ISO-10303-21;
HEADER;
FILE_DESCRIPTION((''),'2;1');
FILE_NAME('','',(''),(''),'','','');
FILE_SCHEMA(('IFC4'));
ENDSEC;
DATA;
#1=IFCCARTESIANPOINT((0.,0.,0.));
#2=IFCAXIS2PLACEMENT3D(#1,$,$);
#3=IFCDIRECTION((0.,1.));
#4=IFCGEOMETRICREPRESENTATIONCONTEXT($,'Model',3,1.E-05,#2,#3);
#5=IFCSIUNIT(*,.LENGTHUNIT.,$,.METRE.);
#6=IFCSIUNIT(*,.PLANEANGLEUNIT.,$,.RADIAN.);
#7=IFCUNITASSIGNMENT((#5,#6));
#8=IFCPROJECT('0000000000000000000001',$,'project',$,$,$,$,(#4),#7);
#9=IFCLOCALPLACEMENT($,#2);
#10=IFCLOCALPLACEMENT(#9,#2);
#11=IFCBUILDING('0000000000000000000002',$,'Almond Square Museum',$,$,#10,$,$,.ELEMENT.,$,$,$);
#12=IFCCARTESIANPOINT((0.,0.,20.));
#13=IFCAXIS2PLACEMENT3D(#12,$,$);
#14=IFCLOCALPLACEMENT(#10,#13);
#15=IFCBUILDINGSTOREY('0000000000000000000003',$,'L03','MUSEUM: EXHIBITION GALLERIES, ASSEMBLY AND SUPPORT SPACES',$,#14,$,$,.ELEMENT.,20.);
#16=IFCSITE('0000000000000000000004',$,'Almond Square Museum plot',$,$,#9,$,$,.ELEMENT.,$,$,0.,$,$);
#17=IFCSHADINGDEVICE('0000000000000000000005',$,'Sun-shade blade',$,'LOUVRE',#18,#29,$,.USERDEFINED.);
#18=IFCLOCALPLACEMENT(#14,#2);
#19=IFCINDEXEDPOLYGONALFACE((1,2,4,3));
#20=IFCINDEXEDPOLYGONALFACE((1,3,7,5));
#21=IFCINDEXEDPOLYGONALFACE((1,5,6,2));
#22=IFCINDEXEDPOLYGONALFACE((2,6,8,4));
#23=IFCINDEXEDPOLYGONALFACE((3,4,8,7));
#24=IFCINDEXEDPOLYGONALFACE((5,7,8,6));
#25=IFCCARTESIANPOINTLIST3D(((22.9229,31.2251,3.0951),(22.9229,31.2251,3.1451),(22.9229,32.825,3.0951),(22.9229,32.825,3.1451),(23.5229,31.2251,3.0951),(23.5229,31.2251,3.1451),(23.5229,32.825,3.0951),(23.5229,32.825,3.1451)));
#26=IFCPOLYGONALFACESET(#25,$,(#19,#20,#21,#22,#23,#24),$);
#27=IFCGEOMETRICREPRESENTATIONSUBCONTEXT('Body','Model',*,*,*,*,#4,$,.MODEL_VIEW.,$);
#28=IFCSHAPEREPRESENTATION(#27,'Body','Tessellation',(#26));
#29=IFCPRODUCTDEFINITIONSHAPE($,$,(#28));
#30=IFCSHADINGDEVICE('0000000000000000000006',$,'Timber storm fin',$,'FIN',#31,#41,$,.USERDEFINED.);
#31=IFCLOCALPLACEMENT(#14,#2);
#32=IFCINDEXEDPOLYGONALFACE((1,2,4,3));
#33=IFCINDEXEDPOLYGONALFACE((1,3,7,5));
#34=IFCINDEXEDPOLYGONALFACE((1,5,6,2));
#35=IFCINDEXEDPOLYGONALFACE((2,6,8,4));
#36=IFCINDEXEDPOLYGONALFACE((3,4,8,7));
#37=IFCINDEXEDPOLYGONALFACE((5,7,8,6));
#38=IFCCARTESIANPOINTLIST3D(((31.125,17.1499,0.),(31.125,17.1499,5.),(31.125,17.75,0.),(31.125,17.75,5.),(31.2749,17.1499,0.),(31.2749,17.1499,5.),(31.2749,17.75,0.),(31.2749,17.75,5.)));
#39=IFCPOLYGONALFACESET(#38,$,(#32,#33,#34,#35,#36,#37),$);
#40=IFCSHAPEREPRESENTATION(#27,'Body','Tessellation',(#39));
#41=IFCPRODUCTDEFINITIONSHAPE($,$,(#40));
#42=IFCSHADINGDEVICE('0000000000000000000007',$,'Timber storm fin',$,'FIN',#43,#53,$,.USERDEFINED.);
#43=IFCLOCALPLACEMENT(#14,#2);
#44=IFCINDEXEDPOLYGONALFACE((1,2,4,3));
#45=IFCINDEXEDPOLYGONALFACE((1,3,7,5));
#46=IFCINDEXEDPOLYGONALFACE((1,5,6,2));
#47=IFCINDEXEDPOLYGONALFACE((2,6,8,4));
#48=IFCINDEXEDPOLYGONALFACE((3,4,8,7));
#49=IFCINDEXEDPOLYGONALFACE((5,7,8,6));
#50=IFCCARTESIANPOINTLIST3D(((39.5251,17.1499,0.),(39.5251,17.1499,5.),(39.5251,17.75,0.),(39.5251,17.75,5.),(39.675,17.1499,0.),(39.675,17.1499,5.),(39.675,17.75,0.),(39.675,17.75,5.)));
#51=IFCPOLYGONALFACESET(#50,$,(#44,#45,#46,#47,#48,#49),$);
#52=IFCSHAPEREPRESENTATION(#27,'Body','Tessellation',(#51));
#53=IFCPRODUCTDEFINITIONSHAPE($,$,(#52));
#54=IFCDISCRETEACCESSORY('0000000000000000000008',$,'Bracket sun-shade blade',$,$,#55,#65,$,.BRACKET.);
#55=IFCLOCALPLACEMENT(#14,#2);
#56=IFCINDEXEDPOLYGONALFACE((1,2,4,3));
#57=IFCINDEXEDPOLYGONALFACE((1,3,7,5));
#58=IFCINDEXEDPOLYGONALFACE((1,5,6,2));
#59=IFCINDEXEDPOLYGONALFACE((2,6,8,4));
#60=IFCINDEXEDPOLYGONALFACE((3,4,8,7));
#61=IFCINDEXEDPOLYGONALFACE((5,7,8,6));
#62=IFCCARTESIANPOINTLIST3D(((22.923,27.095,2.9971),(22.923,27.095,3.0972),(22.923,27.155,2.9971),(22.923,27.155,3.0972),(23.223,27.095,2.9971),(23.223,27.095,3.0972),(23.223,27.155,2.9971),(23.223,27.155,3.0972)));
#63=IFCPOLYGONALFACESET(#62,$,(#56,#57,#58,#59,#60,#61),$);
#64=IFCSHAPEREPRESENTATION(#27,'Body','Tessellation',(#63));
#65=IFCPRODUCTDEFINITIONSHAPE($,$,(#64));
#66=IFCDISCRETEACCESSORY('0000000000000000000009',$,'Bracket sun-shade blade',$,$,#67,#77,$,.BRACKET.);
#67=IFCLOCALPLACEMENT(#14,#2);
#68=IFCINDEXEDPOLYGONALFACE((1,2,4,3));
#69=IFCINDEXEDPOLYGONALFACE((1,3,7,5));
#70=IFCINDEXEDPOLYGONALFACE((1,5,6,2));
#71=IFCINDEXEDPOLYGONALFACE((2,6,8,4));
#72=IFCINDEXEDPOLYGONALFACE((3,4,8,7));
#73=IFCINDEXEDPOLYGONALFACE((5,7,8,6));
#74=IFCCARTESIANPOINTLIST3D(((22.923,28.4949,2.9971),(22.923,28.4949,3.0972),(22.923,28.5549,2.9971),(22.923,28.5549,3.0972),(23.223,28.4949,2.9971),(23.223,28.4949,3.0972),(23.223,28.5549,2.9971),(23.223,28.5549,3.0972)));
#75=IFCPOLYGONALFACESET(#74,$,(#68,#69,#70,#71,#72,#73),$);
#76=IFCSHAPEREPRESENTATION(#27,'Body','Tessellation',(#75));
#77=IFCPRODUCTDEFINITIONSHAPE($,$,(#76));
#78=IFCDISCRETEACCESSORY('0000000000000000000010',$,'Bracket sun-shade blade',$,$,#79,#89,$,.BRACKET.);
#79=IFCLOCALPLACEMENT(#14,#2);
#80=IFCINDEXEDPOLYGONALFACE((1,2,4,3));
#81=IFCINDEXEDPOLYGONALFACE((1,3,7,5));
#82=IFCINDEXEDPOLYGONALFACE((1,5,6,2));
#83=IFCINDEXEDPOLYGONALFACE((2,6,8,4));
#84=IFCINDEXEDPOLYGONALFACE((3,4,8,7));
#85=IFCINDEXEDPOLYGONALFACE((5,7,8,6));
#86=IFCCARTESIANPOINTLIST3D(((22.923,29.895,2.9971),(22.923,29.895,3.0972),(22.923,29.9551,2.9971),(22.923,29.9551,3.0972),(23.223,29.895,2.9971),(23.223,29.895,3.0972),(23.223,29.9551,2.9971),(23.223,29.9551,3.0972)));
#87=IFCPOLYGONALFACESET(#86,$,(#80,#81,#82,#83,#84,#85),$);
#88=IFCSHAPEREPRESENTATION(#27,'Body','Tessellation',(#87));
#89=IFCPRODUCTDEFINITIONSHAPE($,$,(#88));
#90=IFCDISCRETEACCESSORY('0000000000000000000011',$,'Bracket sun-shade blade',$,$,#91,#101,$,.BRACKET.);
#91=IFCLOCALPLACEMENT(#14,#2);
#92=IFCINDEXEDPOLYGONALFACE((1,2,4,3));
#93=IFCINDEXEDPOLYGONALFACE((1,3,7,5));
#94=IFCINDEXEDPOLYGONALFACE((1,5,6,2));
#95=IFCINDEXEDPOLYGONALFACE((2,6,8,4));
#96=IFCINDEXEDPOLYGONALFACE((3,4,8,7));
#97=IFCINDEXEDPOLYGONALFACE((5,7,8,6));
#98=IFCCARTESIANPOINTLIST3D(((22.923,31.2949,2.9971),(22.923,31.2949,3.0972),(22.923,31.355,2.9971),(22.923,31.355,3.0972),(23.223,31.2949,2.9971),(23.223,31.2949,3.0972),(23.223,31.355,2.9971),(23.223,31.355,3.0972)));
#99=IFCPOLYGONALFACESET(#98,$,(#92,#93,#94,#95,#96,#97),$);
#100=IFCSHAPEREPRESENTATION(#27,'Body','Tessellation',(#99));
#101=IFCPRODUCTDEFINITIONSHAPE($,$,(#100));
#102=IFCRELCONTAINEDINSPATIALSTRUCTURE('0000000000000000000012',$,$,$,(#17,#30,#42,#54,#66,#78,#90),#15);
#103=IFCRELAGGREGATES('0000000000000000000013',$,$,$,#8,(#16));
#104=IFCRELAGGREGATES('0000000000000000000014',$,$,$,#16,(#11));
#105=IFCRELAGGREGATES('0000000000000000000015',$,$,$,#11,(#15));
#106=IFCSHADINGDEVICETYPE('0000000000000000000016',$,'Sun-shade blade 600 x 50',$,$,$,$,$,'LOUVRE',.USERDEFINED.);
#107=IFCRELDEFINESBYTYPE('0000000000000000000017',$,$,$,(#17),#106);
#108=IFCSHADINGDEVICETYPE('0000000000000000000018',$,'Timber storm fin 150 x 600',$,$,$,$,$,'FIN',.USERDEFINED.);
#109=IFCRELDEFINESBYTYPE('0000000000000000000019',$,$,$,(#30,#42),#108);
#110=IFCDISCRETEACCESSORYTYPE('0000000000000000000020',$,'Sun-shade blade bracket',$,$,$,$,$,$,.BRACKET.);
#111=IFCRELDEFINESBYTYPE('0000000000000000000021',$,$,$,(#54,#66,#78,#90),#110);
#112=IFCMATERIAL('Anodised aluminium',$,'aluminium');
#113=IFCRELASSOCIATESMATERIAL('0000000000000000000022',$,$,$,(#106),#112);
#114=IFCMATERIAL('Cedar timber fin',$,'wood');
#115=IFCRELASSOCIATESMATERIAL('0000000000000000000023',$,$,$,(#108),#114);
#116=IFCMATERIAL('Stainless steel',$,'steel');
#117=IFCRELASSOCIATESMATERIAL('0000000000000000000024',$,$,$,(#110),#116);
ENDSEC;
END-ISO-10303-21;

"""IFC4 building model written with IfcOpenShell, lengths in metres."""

from ifc_helpers import new_model, si_unit, direction, frame, origin, origin_2d, place, context, subcontext, project, spatial, rectangle, extrude, material, material_profile, profile_set, type_object, element, save


model = new_model("IFC4")

# Units and contexts
model_context = context("Model", 3, precision=1e-05, world=origin(), true_north=direction((0.0, 1.0)))
body_context = subcontext(model_context, "Body", "Model", "MODEL_VIEW")
ifc_project = project(units=[si_unit("LENGTHUNIT", "METRE"), si_unit("PLANEANGLEUNIT", "RADIAN")], contexts=[model_context])

# Site, building, storey
site_placement = place(None, origin())
site = spatial("IfcSite", under=ifc_project, at=site_placement, Name="Almond Square Museum plot", CompositionType="ELEMENT", RefElevation=0.0)
building_placement = place(site_placement, origin())
building = spatial("IfcBuilding", under=site, at=building_placement, Name="Almond Square Museum", CompositionType="ELEMENT")
storey_placement = place(building_placement, frame((0.0, 0.0, 20.0)))
storey = spatial("IfcBuildingStorey", under=building, at=storey_placement, Name="L03", Description="MUSEUM: EXHIBITION GALLERIES, ASSEMBLY AND SUPPORT SPACES", CompositionType="ELEMENT", Elevation=20.0)

# Shading devices
ifc_material_1 = material(Name="Anodised aluminium", Category="aluminium")
ifc_material_profile_1 = material_profile(ifc_material_1, rectangle(XDim=0.6001, YDim=0.05, at=origin_2d()))
ifc_profile_set_1 = profile_set([ifc_material_profile_1], Name="Anodised aluminium")
shading_device_type_1 = type_object("IfcShadingDeviceType", Name="Sun-shade blade 600 x 50", ElementType="LOUVRE", PredefinedType="USERDEFINED", material=ifc_profile_set_1)
for number, where, z_axis, x_axis, name in (
    (1, (23.2229, 31.2251, 3.1201), (0.0, 1.0, 0.0), (-1.0, 0.0, 0.0), "Sun-shade blade"),
):
    element("IfcShadingDevice", number, at=place(storey_placement, frame(where, z_axis=z_axis, x_axis=x_axis)), inside=storey, type_object=shading_device_type_1, Name=name, ObjectType="LOUVRE", PredefinedType="USERDEFINED", context=body_context, shape_type="SweptSolid", body=[
        extrude(rectangle(XDim=0.6001, YDim=0.05, at=origin_2d()), origin(), (0.0, 0.0, 1.0), 1.5999),
    ])
ifc_material_2 = material(Name="Cedar timber fin", Category="wood")
shading_device_type_2 = type_object("IfcShadingDeviceType", Name="Timber storm fin 150 x 600", ElementType="FIN", PredefinedType="USERDEFINED", material=ifc_material_2)
for number, where, z_axis, x_axis, name in (
    (2, (31.2, 17.45, 0.0), (0.0, 0.0, 1.0), (1.0, 0.0, 0.0), "Timber storm fin"),
    (3, (39.6001, 17.45, 0.0), (0.0, 0.0, 1.0), (1.0, 0.0, 0.0), "Timber storm fin"),
):
    element("IfcShadingDevice", number, at=place(storey_placement, frame(where, z_axis=z_axis, x_axis=x_axis)), inside=storey, type_object=shading_device_type_2, Name=name, ObjectType="FIN", PredefinedType="USERDEFINED", context=body_context, shape_type="SweptSolid", body=[
        extrude(rectangle(XDim=0.1499, YDim=0.6001, at=origin_2d()), origin(), (0.0, 0.0, 1.0), 5.0),
    ])

# Discrete accessories
ifc_material_3 = material(Name="Stainless steel", Category="steel")
discrete_accessory_type = type_object("IfcDiscreteAccessoryType", Name="Sun-shade blade bracket", PredefinedType="BRACKET", material=ifc_material_3)
for number, where, z_axis, x_axis, name in (
    (4, (23.073, 27.125, 2.9971), (0.0, 0.0, 1.0), (1.0, 0.0, 0.0), "Bracket sun-shade blade"),
    (5, (23.073, 28.5249, 2.9971), (0.0, 0.0, 1.0), (1.0, 0.0, 0.0), "Bracket sun-shade blade"),
    (6, (23.073, 29.925, 2.9971), (0.0, 0.0, 1.0), (1.0, 0.0, 0.0), "Bracket sun-shade blade"),
    (7, (23.073, 31.325, 2.9971), (0.0, 0.0, 1.0), (1.0, 0.0, 0.0), "Bracket sun-shade blade"),
):
    element("IfcDiscreteAccessory", number, at=place(storey_placement, frame(where, z_axis=z_axis, x_axis=x_axis)), inside=storey, type_object=discrete_accessory_type, Name=name, PredefinedType="BRACKET", context=body_context, shape_type="SweptSolid", body=[
        extrude(rectangle(XDim=0.3, YDim=0.0601, at=origin_2d()), origin(), (0.0, 0.0, 1.0), 0.1001),
    ])

save(model, "model.ifc")
